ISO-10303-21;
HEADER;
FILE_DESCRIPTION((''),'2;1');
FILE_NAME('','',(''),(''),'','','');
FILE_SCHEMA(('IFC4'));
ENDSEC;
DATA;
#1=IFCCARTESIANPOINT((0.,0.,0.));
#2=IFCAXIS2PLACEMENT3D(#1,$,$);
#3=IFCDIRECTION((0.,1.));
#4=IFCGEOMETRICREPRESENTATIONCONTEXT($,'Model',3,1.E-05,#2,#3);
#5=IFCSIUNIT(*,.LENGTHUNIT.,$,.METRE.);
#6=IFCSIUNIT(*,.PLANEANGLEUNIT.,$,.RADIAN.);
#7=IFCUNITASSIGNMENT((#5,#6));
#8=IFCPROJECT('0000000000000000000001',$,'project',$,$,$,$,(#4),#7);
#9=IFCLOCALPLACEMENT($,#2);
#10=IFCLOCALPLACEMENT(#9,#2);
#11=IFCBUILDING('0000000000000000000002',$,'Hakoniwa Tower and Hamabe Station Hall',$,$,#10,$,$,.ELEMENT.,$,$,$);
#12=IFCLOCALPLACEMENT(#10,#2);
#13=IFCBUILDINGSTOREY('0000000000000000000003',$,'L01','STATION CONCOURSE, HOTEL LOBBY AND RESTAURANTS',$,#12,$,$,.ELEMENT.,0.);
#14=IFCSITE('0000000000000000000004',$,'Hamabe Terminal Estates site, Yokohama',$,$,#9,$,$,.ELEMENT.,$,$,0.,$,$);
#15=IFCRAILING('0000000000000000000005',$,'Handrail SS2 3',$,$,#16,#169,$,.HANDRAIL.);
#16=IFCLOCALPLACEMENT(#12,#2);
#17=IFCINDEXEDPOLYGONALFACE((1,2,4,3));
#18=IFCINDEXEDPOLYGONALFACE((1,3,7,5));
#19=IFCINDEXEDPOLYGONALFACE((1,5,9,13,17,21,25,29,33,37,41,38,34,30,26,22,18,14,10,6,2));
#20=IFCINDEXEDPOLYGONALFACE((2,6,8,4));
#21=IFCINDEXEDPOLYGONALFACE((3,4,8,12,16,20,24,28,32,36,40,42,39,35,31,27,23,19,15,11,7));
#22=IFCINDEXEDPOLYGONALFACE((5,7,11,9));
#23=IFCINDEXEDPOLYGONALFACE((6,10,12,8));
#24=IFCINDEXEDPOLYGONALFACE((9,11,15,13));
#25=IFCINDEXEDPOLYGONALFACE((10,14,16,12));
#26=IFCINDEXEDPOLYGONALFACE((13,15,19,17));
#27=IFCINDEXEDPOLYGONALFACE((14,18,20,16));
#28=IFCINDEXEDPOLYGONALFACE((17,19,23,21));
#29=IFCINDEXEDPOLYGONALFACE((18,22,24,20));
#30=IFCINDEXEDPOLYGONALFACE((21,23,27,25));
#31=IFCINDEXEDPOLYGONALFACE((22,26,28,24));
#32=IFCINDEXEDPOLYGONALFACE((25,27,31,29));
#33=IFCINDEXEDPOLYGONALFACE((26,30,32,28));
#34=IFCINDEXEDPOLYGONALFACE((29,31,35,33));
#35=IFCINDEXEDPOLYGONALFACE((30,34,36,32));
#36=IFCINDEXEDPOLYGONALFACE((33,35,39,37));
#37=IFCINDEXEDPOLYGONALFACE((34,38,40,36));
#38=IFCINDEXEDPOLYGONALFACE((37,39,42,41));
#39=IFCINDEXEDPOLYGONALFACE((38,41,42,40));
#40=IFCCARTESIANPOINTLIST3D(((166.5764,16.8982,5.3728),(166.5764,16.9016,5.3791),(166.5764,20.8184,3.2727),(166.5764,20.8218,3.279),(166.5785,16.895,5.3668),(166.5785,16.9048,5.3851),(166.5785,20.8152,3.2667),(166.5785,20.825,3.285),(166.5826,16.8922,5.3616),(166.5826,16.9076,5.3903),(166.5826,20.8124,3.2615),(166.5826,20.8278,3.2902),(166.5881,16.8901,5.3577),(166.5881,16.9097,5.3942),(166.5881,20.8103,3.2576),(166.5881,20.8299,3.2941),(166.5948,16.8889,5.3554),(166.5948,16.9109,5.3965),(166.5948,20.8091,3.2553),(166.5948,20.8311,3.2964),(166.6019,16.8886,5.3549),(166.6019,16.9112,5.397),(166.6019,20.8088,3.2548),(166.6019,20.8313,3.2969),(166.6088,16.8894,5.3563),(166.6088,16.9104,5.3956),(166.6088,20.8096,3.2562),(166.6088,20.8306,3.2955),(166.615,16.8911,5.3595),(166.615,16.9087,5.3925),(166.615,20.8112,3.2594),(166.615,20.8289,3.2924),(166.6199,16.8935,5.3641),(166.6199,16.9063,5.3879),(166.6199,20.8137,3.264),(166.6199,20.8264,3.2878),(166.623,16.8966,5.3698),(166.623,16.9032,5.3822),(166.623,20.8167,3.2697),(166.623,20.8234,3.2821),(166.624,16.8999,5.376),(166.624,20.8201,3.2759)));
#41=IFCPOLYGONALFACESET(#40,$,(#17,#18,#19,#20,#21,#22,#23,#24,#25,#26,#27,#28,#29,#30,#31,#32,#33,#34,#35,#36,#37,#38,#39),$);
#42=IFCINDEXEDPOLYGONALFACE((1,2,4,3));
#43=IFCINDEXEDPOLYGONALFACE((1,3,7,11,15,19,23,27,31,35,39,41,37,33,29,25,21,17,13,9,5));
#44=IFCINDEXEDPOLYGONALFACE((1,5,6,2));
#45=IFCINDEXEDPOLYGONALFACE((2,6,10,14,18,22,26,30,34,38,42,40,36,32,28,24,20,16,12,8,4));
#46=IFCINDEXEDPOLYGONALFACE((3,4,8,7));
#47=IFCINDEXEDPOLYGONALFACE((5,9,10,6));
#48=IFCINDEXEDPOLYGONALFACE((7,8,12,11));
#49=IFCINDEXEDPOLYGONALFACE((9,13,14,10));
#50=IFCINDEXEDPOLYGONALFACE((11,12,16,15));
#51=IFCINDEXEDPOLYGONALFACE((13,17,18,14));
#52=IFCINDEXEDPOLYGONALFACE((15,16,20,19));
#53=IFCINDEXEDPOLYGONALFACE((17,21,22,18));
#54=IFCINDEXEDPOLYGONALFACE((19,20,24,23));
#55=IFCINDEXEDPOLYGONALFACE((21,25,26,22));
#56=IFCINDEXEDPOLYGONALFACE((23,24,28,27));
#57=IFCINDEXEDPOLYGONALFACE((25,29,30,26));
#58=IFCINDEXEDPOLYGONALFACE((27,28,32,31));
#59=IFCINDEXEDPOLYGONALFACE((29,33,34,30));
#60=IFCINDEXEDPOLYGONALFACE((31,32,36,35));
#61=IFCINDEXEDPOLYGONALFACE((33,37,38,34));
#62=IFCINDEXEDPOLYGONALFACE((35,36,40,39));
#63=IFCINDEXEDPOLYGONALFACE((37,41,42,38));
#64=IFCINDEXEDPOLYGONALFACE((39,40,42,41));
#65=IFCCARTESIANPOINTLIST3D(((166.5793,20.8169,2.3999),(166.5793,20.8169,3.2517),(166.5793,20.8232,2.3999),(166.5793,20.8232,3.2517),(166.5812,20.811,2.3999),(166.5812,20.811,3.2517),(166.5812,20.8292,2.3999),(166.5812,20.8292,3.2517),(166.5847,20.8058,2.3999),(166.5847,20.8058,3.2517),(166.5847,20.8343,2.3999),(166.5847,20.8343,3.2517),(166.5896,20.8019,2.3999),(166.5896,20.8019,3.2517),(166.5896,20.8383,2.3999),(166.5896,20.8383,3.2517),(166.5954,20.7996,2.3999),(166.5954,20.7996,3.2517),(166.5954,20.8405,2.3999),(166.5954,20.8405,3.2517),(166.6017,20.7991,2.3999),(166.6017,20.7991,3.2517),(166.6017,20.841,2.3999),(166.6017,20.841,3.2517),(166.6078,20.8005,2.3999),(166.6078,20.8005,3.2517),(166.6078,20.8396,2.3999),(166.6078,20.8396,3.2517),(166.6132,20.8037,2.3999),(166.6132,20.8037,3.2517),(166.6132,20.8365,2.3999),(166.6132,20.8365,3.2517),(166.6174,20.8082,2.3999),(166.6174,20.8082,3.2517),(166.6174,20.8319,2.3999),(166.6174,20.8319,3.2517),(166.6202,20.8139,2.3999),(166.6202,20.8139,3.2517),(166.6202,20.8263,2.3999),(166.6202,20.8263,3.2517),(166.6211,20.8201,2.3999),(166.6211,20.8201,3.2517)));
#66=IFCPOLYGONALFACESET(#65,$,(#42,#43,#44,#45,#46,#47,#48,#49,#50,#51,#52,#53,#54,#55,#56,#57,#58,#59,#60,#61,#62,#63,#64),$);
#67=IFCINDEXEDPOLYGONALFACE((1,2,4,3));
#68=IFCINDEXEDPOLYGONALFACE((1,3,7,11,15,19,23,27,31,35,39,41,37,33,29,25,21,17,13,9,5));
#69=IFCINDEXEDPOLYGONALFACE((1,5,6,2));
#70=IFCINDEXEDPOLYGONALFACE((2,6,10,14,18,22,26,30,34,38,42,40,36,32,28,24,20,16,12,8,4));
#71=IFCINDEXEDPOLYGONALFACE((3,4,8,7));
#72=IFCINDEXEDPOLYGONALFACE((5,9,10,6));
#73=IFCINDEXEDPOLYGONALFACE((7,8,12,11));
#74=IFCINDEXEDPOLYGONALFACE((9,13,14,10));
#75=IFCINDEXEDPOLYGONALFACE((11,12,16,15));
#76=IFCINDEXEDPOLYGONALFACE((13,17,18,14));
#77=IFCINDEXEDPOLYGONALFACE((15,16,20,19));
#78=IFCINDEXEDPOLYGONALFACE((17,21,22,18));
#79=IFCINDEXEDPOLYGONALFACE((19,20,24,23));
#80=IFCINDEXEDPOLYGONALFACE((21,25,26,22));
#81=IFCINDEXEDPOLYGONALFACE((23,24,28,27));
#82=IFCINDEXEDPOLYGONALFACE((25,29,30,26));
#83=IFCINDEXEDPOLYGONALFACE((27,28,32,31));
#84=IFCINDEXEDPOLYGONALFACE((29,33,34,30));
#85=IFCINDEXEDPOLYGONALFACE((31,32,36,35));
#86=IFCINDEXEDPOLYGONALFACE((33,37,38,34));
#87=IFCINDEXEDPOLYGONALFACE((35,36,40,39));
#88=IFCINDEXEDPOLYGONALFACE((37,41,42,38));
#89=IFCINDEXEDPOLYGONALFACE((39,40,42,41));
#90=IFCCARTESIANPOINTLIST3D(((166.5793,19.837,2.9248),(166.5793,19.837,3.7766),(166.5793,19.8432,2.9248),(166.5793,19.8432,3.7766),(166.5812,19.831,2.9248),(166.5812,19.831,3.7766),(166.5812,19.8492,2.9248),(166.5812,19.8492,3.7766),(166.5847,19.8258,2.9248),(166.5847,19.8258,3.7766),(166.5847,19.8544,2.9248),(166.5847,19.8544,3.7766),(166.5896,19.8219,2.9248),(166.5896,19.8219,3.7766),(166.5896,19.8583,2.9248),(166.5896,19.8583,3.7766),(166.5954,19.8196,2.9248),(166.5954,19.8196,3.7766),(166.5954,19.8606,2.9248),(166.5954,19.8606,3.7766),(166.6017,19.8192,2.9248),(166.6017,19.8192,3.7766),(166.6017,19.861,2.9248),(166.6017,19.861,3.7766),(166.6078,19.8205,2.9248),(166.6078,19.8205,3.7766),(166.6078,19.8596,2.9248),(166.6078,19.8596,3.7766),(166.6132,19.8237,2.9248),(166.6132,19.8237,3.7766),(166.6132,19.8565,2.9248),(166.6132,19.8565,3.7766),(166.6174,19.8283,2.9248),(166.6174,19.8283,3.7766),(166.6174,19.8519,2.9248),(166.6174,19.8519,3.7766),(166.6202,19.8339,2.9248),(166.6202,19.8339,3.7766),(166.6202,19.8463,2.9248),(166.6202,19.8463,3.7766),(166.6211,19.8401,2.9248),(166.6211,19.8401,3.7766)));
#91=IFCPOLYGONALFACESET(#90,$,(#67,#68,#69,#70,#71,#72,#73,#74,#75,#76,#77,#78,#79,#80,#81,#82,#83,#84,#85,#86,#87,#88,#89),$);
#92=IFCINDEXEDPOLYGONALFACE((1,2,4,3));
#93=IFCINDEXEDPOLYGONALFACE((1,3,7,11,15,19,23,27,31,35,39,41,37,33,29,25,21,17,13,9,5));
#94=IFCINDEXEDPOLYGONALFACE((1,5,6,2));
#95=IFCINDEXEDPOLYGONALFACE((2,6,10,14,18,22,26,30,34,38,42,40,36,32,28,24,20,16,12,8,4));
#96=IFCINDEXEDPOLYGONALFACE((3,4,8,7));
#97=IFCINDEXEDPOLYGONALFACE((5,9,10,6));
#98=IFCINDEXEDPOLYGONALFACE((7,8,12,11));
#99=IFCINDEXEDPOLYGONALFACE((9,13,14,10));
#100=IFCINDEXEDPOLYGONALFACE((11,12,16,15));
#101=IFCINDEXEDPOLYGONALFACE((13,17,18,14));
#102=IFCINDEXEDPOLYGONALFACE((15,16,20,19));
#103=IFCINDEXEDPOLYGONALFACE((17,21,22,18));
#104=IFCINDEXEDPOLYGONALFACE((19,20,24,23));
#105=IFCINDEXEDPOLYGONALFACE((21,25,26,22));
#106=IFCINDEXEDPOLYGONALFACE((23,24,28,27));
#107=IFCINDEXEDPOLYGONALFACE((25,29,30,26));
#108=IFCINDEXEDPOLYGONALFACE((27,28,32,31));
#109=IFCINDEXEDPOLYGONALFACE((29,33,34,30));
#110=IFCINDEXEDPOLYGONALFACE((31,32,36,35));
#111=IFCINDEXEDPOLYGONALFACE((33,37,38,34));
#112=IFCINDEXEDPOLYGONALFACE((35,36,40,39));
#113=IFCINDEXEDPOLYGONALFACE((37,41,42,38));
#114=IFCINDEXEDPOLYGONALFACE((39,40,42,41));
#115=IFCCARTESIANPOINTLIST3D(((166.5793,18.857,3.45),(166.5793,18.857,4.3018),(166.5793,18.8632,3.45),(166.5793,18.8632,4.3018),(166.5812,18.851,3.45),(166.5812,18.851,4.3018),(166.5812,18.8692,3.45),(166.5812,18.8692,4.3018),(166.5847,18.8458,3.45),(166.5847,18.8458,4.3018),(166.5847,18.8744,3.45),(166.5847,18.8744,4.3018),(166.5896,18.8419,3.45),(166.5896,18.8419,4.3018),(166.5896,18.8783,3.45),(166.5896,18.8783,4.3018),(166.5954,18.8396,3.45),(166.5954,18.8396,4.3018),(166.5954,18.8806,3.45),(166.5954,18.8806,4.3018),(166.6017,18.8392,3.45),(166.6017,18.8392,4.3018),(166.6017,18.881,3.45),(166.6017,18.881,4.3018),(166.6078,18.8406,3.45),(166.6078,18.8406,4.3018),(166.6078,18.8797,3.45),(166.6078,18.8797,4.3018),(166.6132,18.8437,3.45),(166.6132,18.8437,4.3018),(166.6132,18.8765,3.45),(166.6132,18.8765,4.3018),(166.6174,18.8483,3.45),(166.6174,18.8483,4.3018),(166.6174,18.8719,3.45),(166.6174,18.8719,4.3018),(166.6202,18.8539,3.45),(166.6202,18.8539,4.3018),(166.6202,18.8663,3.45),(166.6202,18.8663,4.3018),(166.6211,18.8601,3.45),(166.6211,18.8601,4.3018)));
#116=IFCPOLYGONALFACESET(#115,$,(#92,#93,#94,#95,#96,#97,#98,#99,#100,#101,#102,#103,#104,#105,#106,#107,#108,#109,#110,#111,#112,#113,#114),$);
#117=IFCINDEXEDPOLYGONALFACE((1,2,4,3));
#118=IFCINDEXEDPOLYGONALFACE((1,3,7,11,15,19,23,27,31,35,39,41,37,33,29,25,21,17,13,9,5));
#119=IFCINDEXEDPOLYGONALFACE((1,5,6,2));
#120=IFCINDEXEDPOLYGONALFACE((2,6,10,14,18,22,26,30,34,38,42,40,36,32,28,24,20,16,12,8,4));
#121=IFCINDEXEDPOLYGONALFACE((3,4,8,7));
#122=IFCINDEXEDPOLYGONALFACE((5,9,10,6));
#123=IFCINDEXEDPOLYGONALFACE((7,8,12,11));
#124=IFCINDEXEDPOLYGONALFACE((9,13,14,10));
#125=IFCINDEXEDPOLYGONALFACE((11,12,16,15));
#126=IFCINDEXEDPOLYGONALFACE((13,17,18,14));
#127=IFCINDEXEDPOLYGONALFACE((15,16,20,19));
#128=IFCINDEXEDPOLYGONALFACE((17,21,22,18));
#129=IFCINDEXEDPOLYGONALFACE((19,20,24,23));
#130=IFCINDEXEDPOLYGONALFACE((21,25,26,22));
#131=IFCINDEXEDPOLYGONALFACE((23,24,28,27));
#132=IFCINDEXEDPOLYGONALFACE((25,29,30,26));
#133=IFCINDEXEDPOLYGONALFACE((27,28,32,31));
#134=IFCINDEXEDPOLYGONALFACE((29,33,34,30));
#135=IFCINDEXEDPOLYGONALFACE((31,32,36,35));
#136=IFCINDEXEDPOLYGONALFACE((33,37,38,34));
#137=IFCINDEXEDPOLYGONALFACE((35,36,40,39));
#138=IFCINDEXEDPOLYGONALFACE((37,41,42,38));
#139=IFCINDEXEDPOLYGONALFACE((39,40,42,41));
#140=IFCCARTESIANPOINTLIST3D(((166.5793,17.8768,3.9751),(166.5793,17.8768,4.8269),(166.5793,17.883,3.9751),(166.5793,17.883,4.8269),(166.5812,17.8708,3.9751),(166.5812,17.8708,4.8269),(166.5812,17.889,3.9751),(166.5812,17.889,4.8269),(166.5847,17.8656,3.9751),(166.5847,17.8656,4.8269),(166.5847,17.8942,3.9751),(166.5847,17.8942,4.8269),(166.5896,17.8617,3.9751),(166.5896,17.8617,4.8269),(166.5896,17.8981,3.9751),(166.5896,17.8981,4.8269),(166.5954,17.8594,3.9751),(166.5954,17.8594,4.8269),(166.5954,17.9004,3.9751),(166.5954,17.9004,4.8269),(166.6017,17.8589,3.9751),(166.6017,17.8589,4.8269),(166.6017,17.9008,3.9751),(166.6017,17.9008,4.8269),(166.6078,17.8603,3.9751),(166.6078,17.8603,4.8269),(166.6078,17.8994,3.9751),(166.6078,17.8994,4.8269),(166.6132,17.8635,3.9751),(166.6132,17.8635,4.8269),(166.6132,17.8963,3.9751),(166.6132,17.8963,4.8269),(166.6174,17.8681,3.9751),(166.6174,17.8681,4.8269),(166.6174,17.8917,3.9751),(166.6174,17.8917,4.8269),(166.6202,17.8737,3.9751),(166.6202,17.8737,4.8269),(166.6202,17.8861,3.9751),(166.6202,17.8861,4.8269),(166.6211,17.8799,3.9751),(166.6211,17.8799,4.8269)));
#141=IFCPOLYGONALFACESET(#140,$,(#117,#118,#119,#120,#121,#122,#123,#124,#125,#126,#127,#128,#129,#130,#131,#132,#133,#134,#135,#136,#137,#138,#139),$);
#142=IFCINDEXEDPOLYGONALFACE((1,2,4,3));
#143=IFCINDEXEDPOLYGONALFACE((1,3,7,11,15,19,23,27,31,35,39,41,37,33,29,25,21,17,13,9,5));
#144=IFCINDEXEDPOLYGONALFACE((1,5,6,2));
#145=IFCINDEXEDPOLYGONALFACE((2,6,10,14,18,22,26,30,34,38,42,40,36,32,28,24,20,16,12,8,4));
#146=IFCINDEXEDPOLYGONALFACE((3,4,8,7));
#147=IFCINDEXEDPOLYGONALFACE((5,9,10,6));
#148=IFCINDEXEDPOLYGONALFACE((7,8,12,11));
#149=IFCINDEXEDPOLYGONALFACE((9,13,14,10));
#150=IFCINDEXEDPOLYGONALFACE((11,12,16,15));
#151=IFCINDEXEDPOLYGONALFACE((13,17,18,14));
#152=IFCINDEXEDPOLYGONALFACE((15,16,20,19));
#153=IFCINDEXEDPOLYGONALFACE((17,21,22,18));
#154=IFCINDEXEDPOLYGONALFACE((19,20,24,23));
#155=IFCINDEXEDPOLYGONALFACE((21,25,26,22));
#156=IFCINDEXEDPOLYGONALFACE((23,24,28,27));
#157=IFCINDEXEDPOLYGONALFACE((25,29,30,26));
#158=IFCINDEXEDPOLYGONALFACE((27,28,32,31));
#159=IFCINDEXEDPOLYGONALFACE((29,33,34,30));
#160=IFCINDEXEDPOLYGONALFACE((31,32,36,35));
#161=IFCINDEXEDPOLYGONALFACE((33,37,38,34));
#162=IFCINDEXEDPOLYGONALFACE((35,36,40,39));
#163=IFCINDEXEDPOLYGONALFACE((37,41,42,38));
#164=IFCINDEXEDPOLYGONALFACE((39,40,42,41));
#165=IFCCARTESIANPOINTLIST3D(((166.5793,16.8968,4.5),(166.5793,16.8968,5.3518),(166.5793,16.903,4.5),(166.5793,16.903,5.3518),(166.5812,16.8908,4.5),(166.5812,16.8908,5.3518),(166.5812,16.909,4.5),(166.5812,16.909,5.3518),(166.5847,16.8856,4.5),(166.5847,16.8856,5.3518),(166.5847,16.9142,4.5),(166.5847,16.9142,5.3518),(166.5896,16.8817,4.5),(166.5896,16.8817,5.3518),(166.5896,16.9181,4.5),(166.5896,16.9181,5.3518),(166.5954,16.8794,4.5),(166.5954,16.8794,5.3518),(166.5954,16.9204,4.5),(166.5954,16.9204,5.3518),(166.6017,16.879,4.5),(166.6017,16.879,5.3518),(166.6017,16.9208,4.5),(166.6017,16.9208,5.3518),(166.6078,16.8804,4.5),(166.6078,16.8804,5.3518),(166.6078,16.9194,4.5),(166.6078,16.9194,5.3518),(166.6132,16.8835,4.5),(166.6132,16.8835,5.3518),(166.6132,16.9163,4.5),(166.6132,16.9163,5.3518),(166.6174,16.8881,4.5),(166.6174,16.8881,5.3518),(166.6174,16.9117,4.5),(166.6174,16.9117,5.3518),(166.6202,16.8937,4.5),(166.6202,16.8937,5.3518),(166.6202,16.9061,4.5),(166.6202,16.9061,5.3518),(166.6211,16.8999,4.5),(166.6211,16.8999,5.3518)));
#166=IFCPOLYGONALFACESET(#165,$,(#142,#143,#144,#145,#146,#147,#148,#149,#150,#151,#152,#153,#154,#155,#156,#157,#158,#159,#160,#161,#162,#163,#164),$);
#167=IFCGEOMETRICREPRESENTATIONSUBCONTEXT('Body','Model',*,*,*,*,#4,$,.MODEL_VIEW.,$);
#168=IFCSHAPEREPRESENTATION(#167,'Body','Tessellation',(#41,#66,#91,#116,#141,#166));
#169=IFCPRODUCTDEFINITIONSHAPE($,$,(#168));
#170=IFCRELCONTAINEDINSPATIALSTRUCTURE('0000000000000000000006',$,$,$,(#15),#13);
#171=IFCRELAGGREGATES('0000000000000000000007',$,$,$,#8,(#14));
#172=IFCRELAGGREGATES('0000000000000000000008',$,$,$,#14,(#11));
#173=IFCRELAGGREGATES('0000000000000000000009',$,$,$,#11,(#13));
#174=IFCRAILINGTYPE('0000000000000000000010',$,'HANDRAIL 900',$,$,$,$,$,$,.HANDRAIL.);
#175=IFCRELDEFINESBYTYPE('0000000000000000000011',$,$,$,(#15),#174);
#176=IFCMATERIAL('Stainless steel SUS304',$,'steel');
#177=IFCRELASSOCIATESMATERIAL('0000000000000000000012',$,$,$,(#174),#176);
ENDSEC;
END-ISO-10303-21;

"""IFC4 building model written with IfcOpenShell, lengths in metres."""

from ifc_helpers import new_model, si_unit, direction, frame, origin, origin_2d, place, context, subcontext, project, spatial, circle, extrude, material, type_object, element, save


model = new_model("IFC4")

# Units and contexts
model_context = context("Model", 3, precision=1e-05, world=origin(), true_north=direction((0.0, 1.0)))
body_context = subcontext(model_context, "Body", "Model", "MODEL_VIEW")
ifc_project = project(units=[si_unit("LENGTHUNIT", "METRE"), si_unit("PLANEANGLEUNIT", "RADIAN")], contexts=[model_context])

# Site, building, storey
site_placement = place(None, origin())
site = spatial("IfcSite", under=ifc_project, at=site_placement, Name="Hamabe Terminal Estates site, Yokohama", CompositionType="ELEMENT", RefElevation=0.0)
building_placement = place(site_placement, origin())
building = spatial("IfcBuilding", under=site, at=building_placement, Name="Hakoniwa Tower and Hamabe Station Hall", CompositionType="ELEMENT")
storey_placement = place(building_placement, origin())
storey = spatial("IfcBuildingStorey", under=building, at=storey_placement, Name="L01", Description="STATION CONCOURSE, HOTEL LOBBY AND RESTAURANTS", CompositionType="ELEMENT", Elevation=0.0)

# Railing
ifc_material_1 = material(Name="Stainless steel SUS304", Category="steel")
railing_type = type_object("IfcRailingType", Name="HANDRAIL 900", PredefinedType="HANDRAIL", material=ifc_material_1)
for number, where, name in (
    (1, (166.6001, 20.8201, 2.3999), "Handrail SS2 3"),
):
    element("IfcRailing", number, at=place(storey_placement, frame(where)), inside=storey, type_object=railing_type, Name=name, PredefinedType="HANDRAIL", context=body_context, shape_type="SweptSolid", body=[
        extrude(circle(Radius=0.0239, at=origin_2d()), frame((0.0, 0.0, 0.876), z_axis=(0.0, -0.881479, 0.472223), x_axis=(1.0, 0.0, 0.0)), (0.0, 0.0, 1.0), 4.4473),
        extrude(circle(Radius=0.021, at=origin_2d()), origin(), (0.0, 0.0, 1.0), 0.8518),
        extrude(circle(Radius=0.021, at=origin_2d()), frame((0.0, -0.98, 0.5249)), (0.0, 0.0, 1.0), 0.8518),
        extrude(circle(Radius=0.021, at=origin_2d()), frame((0.0, -1.96, 1.05)), (0.0, 0.0, 1.0), 0.8518),
        extrude(circle(Radius=0.021, at=origin_2d()), frame((0.0, -2.9402, 1.5752)), (0.0, 0.0, 1.0), 0.8518),
        extrude(circle(Radius=0.021, at=origin_2d()), frame((0.0, -3.9202, 2.1001)), (0.0, 0.0, 1.0), 0.8518),
    ])

save(model, "model.ifc")
